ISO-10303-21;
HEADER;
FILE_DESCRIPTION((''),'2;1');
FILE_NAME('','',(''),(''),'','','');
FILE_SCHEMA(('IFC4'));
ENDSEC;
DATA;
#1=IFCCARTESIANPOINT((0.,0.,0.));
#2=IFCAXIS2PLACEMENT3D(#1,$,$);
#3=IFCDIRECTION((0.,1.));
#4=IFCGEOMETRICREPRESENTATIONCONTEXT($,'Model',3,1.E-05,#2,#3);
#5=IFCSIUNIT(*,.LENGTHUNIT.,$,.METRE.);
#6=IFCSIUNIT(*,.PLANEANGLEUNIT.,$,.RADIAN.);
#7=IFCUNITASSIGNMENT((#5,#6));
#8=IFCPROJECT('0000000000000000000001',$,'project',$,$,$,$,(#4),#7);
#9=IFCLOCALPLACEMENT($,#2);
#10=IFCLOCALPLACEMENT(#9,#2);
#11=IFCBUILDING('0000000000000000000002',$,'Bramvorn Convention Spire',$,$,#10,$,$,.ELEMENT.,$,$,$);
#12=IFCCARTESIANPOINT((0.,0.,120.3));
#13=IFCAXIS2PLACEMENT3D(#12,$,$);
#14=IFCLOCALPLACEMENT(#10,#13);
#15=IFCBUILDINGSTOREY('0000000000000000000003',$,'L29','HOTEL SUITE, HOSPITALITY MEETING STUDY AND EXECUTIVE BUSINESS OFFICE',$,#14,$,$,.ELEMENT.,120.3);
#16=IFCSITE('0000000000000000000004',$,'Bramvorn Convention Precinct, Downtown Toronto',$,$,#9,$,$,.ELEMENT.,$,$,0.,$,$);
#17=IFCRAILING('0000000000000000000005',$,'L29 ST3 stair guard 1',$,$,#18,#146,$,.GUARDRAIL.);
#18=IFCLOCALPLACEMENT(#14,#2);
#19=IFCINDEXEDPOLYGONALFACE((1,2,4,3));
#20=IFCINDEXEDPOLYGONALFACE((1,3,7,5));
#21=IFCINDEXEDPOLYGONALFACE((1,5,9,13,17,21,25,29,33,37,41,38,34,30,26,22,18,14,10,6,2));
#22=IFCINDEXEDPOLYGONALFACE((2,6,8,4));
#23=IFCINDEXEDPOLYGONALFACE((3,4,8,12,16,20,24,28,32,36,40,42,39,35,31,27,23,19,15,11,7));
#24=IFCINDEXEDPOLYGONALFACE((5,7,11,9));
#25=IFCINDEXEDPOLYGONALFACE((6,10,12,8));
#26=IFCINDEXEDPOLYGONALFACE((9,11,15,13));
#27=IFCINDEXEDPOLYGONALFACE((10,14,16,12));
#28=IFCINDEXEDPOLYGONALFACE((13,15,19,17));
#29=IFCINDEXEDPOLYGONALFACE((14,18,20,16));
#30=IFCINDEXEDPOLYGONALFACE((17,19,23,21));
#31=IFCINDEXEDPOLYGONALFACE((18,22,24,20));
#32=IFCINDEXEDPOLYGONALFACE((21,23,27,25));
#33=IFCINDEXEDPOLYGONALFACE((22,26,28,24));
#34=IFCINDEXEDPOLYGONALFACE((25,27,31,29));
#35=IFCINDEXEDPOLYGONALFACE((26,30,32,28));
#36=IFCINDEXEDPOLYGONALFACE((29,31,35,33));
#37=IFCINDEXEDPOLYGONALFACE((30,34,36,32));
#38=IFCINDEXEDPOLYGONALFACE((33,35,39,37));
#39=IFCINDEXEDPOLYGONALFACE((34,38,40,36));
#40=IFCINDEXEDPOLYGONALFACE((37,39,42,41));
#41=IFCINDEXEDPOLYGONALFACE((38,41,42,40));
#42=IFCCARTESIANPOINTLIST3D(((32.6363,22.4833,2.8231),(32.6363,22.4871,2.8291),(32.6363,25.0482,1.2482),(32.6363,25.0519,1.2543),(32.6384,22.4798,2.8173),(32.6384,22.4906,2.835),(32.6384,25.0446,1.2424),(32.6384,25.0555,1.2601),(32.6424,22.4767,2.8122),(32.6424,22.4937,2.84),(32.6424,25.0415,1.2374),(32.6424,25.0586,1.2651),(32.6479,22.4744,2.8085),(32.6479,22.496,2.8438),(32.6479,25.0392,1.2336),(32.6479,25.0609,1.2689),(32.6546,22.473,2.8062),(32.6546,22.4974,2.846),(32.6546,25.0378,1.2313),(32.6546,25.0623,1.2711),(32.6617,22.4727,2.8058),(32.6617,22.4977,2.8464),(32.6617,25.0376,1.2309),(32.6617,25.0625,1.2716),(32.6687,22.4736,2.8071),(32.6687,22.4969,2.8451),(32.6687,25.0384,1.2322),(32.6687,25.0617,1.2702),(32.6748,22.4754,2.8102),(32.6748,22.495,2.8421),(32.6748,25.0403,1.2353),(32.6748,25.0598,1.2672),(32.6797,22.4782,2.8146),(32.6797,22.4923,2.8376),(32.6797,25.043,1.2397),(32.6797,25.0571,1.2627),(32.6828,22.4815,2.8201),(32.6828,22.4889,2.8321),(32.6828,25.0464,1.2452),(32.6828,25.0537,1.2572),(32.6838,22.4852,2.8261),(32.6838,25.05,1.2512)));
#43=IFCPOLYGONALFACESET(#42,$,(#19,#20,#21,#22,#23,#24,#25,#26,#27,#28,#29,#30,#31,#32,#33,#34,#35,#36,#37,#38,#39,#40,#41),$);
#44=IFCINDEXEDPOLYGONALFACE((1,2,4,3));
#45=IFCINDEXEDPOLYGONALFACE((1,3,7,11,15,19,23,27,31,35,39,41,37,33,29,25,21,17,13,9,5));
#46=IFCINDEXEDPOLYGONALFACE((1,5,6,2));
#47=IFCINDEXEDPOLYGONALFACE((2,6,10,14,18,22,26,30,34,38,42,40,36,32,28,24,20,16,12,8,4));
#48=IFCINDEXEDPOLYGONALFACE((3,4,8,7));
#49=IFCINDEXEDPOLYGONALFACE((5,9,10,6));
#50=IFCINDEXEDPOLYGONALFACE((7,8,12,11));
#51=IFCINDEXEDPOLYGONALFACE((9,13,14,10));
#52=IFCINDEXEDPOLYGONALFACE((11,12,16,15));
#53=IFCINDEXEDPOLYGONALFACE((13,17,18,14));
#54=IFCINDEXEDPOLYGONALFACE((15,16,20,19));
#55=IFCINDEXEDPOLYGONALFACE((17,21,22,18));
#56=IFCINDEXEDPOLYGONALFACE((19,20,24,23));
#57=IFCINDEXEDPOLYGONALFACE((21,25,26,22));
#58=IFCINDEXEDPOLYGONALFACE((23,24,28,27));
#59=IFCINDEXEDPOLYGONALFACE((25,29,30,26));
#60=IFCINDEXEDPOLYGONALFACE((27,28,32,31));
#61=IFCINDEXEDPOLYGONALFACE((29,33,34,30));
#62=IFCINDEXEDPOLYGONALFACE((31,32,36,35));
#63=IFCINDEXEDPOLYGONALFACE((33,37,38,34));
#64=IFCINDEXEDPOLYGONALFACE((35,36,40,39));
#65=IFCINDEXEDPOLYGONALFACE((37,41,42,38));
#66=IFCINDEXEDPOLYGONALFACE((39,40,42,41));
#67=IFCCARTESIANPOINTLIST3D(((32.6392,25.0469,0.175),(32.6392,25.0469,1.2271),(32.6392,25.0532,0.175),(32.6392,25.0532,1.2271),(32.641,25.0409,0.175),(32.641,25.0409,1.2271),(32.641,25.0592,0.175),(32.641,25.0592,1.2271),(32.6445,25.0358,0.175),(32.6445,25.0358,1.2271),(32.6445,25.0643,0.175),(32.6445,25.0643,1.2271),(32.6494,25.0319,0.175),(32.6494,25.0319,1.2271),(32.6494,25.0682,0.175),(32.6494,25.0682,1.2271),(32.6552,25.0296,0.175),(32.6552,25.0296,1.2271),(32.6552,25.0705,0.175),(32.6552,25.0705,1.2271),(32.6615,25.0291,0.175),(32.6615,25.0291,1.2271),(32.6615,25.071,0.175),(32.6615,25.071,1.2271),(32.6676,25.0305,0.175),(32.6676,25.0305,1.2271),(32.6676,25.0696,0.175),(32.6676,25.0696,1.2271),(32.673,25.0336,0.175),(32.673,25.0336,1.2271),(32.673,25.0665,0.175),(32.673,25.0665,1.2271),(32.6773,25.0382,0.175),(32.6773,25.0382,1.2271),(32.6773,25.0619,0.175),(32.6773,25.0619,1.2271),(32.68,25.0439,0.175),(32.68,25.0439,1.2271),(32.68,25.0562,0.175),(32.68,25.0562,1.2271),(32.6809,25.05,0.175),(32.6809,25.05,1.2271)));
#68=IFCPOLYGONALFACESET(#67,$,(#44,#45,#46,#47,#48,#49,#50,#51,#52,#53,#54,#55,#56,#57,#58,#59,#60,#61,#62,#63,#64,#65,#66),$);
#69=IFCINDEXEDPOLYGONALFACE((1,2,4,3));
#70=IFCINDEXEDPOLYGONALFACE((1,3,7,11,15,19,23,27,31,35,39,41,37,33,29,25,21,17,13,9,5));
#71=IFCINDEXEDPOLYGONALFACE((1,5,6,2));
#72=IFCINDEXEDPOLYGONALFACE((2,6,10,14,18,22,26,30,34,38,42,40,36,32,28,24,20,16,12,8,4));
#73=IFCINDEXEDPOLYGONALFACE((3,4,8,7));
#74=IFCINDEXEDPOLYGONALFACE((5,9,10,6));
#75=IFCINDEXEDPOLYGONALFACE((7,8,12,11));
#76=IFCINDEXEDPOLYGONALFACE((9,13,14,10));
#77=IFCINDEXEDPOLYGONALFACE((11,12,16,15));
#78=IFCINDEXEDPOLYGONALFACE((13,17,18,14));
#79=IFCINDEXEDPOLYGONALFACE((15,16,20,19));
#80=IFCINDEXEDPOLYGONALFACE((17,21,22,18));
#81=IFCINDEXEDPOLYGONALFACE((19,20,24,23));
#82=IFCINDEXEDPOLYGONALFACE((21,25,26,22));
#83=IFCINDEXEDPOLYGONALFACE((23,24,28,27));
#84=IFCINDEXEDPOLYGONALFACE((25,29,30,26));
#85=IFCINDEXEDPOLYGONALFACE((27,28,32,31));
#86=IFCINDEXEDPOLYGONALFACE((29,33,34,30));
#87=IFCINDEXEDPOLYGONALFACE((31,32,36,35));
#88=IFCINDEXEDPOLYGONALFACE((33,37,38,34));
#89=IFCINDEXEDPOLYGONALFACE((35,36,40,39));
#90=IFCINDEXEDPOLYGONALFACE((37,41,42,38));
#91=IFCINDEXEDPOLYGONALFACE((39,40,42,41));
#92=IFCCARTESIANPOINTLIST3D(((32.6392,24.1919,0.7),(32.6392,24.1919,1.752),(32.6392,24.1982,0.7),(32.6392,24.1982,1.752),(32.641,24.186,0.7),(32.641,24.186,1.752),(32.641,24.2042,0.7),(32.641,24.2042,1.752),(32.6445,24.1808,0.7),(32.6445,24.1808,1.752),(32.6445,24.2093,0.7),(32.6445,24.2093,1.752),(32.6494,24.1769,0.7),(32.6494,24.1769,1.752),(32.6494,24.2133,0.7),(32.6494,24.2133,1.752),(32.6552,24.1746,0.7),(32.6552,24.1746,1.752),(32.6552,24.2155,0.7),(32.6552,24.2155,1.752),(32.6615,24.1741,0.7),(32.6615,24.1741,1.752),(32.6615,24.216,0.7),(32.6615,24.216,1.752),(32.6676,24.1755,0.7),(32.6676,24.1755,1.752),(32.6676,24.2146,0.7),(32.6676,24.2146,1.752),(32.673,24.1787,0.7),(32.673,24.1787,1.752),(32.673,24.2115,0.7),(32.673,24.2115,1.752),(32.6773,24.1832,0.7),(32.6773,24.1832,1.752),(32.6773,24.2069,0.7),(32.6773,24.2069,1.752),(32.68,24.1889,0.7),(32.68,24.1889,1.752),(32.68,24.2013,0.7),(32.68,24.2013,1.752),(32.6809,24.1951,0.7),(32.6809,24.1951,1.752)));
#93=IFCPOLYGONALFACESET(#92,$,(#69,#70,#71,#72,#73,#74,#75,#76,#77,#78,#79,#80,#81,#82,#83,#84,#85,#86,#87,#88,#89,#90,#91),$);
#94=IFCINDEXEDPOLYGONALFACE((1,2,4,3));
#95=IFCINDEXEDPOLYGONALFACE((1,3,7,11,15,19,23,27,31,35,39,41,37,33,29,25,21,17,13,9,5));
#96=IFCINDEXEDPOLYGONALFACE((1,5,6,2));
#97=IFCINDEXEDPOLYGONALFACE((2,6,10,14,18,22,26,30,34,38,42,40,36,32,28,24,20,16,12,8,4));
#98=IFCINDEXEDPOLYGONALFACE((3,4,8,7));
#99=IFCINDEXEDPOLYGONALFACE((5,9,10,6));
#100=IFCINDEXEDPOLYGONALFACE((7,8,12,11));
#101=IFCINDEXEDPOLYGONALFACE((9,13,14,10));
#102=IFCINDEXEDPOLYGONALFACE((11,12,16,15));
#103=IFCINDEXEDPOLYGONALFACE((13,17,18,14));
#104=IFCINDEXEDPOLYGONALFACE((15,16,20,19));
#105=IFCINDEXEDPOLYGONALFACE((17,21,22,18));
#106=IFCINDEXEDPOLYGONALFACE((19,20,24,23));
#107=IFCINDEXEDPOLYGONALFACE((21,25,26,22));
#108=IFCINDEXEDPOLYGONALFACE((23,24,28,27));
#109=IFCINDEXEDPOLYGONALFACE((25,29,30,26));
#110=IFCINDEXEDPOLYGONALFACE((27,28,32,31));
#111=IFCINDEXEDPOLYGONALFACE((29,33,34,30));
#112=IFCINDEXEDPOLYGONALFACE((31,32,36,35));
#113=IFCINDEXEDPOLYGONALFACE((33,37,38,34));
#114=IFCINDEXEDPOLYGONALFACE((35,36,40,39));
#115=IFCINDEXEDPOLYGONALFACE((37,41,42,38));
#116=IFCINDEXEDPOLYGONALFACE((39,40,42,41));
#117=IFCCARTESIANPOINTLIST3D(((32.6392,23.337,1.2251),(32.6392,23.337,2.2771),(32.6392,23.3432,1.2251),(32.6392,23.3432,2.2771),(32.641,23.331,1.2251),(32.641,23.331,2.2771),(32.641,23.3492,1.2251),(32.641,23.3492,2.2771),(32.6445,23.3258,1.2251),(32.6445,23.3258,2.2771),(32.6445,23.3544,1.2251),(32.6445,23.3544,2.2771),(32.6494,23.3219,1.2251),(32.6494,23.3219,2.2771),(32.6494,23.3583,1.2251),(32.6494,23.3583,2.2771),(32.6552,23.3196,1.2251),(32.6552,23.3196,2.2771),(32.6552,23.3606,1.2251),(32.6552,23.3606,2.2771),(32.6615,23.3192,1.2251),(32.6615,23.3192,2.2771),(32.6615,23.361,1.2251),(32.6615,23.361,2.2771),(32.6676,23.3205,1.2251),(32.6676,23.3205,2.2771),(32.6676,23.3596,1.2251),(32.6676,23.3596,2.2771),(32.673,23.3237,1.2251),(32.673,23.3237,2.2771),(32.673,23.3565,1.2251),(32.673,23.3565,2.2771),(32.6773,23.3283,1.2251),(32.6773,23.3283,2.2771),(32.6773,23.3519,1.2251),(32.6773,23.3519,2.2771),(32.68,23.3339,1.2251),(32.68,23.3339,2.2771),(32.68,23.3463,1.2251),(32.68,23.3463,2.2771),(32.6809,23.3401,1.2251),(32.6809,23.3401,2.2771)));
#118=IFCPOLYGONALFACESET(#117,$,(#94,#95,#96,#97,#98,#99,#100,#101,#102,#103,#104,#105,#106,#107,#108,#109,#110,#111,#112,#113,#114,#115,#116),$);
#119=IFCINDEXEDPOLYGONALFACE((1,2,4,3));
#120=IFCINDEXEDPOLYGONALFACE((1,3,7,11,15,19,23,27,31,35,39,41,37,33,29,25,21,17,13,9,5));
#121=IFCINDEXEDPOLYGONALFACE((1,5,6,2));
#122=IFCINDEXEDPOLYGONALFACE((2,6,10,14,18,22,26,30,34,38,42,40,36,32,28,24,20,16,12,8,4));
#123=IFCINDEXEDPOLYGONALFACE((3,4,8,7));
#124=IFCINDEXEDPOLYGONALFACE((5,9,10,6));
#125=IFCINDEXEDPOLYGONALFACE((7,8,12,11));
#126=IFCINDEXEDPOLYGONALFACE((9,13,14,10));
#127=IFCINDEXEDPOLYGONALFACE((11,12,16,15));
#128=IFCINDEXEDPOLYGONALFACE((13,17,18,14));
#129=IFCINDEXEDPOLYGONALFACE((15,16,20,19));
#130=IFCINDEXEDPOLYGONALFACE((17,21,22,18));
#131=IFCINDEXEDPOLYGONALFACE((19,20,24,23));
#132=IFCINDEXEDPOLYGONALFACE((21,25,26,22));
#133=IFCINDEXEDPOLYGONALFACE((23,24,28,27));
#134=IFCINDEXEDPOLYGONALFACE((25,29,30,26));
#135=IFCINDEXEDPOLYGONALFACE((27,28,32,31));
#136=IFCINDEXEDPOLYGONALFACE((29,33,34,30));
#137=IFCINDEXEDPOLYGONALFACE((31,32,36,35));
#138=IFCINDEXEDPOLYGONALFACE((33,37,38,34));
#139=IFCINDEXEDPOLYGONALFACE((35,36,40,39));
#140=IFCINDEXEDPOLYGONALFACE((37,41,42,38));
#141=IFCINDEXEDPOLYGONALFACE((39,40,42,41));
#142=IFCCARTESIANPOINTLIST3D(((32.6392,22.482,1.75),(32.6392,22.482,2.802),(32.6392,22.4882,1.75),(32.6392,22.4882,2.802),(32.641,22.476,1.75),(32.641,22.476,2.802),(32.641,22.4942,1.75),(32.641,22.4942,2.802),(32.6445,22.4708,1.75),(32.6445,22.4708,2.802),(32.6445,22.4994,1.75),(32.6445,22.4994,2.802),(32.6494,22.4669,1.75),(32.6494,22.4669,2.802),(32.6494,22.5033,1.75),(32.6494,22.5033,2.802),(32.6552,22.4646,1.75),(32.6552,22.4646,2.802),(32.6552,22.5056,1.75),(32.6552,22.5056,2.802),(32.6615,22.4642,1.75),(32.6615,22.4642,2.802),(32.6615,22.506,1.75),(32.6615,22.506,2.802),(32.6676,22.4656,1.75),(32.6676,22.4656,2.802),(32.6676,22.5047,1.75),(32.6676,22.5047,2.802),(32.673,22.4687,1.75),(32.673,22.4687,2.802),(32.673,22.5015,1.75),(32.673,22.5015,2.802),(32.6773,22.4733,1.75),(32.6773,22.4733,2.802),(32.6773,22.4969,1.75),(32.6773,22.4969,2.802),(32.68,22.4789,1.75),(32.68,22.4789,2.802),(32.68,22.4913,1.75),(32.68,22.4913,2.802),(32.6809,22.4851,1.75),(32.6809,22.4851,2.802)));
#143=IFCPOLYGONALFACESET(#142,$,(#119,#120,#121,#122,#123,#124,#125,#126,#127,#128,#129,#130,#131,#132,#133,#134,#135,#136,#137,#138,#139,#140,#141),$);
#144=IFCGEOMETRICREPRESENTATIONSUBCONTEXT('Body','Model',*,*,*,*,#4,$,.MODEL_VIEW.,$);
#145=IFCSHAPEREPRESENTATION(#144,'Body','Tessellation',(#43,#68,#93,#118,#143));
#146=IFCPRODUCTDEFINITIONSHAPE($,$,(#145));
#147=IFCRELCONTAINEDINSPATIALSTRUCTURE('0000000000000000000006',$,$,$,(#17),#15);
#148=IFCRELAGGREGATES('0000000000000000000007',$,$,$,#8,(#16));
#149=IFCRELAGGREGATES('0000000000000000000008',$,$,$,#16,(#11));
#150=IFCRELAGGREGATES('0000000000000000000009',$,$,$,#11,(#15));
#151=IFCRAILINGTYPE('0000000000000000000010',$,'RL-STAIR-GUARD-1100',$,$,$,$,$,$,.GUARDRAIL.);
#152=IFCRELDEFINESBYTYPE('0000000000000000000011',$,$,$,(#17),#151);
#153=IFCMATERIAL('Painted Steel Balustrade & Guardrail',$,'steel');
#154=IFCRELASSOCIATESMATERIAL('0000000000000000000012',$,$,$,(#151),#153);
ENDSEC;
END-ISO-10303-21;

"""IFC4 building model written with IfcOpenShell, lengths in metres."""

from ifc_helpers import new_model, si_unit, direction, frame, origin, origin_2d, place, context, subcontext, project, spatial, circle, extrude, material, type_object, element, save


model = new_model("IFC4")

# Units and contexts
model_context = context("Model", 3, precision=1e-05, world=origin(), true_north=direction((0.0, 1.0)))
body_context = subcontext(model_context, "Body", "Model", "MODEL_VIEW")
ifc_project = project(units=[si_unit("LENGTHUNIT", "METRE"), si_unit("PLANEANGLEUNIT", "RADIAN")], contexts=[model_context])

# Site, building, storey
site_placement = place(None, origin())
site = spatial("IfcSite", under=ifc_project, at=site_placement, Name="Bramvorn Convention Precinct, Downtown Toronto", CompositionType="ELEMENT", RefElevation=0.0)
building_placement = place(site_placement, origin())
building = spatial("IfcBuilding", under=site, at=building_placement, Name="Bramvorn Convention Spire", CompositionType="ELEMENT")
storey_placement = place(building_placement, frame((0.0, 0.0, 120.3)))
storey = spatial("IfcBuildingStorey", under=building, at=storey_placement, Name="L29", Description="HOTEL SUITE, HOSPITALITY MEETING STUDY AND EXECUTIVE BUSINESS OFFICE", CompositionType="ELEMENT", Elevation=120.3)

# Railing
ifc_material_1 = material(Name="Painted Steel Balustrade & Guardrail", Category="steel")
railing_type_1 = type_object("IfcRailingType", Name="RL-STAIR-GUARD-1100", PredefinedType="GUARDRAIL", material=ifc_material_1)
railing_1_placement = place(storey_placement, frame((32.6599, 25.05, 0.175)))
element("IfcRailing", 1, at=railing_1_placement, inside=storey, type_object=railing_type_1, Name="L29 ST3 stair guard 1", PredefinedType="GUARDRAIL", context=body_context, shape_type="SweptSolid", body=[
    extrude(circle(Radius=0.0239, at=origin_2d()), frame((0.0, 0.0, 1.0762), z_axis=(0.0, -0.852173, 0.52326), x_axis=(1.0, 0.0, 0.0)), (0.0, 0.0, 1.0), 3.0098),
    extrude(circle(Radius=0.021, at=origin_2d()), origin(), (0.0, 0.0, 1.0), 1.052),
    extrude(circle(Radius=0.021, at=origin_2d()), frame((0.0, -0.855, 0.5249)), (0.0, 0.0, 1.0), 1.052),
    extrude(circle(Radius=0.021, at=origin_2d()), frame((0.0, -1.71, 1.05)), (0.0, 0.0, 1.0), 1.052),
    extrude(circle(Radius=0.021, at=origin_2d()), frame((0.0, -2.5649, 1.575)), (0.0, 0.0, 1.0), 1.052),
])

save(model, "model.ifc")
